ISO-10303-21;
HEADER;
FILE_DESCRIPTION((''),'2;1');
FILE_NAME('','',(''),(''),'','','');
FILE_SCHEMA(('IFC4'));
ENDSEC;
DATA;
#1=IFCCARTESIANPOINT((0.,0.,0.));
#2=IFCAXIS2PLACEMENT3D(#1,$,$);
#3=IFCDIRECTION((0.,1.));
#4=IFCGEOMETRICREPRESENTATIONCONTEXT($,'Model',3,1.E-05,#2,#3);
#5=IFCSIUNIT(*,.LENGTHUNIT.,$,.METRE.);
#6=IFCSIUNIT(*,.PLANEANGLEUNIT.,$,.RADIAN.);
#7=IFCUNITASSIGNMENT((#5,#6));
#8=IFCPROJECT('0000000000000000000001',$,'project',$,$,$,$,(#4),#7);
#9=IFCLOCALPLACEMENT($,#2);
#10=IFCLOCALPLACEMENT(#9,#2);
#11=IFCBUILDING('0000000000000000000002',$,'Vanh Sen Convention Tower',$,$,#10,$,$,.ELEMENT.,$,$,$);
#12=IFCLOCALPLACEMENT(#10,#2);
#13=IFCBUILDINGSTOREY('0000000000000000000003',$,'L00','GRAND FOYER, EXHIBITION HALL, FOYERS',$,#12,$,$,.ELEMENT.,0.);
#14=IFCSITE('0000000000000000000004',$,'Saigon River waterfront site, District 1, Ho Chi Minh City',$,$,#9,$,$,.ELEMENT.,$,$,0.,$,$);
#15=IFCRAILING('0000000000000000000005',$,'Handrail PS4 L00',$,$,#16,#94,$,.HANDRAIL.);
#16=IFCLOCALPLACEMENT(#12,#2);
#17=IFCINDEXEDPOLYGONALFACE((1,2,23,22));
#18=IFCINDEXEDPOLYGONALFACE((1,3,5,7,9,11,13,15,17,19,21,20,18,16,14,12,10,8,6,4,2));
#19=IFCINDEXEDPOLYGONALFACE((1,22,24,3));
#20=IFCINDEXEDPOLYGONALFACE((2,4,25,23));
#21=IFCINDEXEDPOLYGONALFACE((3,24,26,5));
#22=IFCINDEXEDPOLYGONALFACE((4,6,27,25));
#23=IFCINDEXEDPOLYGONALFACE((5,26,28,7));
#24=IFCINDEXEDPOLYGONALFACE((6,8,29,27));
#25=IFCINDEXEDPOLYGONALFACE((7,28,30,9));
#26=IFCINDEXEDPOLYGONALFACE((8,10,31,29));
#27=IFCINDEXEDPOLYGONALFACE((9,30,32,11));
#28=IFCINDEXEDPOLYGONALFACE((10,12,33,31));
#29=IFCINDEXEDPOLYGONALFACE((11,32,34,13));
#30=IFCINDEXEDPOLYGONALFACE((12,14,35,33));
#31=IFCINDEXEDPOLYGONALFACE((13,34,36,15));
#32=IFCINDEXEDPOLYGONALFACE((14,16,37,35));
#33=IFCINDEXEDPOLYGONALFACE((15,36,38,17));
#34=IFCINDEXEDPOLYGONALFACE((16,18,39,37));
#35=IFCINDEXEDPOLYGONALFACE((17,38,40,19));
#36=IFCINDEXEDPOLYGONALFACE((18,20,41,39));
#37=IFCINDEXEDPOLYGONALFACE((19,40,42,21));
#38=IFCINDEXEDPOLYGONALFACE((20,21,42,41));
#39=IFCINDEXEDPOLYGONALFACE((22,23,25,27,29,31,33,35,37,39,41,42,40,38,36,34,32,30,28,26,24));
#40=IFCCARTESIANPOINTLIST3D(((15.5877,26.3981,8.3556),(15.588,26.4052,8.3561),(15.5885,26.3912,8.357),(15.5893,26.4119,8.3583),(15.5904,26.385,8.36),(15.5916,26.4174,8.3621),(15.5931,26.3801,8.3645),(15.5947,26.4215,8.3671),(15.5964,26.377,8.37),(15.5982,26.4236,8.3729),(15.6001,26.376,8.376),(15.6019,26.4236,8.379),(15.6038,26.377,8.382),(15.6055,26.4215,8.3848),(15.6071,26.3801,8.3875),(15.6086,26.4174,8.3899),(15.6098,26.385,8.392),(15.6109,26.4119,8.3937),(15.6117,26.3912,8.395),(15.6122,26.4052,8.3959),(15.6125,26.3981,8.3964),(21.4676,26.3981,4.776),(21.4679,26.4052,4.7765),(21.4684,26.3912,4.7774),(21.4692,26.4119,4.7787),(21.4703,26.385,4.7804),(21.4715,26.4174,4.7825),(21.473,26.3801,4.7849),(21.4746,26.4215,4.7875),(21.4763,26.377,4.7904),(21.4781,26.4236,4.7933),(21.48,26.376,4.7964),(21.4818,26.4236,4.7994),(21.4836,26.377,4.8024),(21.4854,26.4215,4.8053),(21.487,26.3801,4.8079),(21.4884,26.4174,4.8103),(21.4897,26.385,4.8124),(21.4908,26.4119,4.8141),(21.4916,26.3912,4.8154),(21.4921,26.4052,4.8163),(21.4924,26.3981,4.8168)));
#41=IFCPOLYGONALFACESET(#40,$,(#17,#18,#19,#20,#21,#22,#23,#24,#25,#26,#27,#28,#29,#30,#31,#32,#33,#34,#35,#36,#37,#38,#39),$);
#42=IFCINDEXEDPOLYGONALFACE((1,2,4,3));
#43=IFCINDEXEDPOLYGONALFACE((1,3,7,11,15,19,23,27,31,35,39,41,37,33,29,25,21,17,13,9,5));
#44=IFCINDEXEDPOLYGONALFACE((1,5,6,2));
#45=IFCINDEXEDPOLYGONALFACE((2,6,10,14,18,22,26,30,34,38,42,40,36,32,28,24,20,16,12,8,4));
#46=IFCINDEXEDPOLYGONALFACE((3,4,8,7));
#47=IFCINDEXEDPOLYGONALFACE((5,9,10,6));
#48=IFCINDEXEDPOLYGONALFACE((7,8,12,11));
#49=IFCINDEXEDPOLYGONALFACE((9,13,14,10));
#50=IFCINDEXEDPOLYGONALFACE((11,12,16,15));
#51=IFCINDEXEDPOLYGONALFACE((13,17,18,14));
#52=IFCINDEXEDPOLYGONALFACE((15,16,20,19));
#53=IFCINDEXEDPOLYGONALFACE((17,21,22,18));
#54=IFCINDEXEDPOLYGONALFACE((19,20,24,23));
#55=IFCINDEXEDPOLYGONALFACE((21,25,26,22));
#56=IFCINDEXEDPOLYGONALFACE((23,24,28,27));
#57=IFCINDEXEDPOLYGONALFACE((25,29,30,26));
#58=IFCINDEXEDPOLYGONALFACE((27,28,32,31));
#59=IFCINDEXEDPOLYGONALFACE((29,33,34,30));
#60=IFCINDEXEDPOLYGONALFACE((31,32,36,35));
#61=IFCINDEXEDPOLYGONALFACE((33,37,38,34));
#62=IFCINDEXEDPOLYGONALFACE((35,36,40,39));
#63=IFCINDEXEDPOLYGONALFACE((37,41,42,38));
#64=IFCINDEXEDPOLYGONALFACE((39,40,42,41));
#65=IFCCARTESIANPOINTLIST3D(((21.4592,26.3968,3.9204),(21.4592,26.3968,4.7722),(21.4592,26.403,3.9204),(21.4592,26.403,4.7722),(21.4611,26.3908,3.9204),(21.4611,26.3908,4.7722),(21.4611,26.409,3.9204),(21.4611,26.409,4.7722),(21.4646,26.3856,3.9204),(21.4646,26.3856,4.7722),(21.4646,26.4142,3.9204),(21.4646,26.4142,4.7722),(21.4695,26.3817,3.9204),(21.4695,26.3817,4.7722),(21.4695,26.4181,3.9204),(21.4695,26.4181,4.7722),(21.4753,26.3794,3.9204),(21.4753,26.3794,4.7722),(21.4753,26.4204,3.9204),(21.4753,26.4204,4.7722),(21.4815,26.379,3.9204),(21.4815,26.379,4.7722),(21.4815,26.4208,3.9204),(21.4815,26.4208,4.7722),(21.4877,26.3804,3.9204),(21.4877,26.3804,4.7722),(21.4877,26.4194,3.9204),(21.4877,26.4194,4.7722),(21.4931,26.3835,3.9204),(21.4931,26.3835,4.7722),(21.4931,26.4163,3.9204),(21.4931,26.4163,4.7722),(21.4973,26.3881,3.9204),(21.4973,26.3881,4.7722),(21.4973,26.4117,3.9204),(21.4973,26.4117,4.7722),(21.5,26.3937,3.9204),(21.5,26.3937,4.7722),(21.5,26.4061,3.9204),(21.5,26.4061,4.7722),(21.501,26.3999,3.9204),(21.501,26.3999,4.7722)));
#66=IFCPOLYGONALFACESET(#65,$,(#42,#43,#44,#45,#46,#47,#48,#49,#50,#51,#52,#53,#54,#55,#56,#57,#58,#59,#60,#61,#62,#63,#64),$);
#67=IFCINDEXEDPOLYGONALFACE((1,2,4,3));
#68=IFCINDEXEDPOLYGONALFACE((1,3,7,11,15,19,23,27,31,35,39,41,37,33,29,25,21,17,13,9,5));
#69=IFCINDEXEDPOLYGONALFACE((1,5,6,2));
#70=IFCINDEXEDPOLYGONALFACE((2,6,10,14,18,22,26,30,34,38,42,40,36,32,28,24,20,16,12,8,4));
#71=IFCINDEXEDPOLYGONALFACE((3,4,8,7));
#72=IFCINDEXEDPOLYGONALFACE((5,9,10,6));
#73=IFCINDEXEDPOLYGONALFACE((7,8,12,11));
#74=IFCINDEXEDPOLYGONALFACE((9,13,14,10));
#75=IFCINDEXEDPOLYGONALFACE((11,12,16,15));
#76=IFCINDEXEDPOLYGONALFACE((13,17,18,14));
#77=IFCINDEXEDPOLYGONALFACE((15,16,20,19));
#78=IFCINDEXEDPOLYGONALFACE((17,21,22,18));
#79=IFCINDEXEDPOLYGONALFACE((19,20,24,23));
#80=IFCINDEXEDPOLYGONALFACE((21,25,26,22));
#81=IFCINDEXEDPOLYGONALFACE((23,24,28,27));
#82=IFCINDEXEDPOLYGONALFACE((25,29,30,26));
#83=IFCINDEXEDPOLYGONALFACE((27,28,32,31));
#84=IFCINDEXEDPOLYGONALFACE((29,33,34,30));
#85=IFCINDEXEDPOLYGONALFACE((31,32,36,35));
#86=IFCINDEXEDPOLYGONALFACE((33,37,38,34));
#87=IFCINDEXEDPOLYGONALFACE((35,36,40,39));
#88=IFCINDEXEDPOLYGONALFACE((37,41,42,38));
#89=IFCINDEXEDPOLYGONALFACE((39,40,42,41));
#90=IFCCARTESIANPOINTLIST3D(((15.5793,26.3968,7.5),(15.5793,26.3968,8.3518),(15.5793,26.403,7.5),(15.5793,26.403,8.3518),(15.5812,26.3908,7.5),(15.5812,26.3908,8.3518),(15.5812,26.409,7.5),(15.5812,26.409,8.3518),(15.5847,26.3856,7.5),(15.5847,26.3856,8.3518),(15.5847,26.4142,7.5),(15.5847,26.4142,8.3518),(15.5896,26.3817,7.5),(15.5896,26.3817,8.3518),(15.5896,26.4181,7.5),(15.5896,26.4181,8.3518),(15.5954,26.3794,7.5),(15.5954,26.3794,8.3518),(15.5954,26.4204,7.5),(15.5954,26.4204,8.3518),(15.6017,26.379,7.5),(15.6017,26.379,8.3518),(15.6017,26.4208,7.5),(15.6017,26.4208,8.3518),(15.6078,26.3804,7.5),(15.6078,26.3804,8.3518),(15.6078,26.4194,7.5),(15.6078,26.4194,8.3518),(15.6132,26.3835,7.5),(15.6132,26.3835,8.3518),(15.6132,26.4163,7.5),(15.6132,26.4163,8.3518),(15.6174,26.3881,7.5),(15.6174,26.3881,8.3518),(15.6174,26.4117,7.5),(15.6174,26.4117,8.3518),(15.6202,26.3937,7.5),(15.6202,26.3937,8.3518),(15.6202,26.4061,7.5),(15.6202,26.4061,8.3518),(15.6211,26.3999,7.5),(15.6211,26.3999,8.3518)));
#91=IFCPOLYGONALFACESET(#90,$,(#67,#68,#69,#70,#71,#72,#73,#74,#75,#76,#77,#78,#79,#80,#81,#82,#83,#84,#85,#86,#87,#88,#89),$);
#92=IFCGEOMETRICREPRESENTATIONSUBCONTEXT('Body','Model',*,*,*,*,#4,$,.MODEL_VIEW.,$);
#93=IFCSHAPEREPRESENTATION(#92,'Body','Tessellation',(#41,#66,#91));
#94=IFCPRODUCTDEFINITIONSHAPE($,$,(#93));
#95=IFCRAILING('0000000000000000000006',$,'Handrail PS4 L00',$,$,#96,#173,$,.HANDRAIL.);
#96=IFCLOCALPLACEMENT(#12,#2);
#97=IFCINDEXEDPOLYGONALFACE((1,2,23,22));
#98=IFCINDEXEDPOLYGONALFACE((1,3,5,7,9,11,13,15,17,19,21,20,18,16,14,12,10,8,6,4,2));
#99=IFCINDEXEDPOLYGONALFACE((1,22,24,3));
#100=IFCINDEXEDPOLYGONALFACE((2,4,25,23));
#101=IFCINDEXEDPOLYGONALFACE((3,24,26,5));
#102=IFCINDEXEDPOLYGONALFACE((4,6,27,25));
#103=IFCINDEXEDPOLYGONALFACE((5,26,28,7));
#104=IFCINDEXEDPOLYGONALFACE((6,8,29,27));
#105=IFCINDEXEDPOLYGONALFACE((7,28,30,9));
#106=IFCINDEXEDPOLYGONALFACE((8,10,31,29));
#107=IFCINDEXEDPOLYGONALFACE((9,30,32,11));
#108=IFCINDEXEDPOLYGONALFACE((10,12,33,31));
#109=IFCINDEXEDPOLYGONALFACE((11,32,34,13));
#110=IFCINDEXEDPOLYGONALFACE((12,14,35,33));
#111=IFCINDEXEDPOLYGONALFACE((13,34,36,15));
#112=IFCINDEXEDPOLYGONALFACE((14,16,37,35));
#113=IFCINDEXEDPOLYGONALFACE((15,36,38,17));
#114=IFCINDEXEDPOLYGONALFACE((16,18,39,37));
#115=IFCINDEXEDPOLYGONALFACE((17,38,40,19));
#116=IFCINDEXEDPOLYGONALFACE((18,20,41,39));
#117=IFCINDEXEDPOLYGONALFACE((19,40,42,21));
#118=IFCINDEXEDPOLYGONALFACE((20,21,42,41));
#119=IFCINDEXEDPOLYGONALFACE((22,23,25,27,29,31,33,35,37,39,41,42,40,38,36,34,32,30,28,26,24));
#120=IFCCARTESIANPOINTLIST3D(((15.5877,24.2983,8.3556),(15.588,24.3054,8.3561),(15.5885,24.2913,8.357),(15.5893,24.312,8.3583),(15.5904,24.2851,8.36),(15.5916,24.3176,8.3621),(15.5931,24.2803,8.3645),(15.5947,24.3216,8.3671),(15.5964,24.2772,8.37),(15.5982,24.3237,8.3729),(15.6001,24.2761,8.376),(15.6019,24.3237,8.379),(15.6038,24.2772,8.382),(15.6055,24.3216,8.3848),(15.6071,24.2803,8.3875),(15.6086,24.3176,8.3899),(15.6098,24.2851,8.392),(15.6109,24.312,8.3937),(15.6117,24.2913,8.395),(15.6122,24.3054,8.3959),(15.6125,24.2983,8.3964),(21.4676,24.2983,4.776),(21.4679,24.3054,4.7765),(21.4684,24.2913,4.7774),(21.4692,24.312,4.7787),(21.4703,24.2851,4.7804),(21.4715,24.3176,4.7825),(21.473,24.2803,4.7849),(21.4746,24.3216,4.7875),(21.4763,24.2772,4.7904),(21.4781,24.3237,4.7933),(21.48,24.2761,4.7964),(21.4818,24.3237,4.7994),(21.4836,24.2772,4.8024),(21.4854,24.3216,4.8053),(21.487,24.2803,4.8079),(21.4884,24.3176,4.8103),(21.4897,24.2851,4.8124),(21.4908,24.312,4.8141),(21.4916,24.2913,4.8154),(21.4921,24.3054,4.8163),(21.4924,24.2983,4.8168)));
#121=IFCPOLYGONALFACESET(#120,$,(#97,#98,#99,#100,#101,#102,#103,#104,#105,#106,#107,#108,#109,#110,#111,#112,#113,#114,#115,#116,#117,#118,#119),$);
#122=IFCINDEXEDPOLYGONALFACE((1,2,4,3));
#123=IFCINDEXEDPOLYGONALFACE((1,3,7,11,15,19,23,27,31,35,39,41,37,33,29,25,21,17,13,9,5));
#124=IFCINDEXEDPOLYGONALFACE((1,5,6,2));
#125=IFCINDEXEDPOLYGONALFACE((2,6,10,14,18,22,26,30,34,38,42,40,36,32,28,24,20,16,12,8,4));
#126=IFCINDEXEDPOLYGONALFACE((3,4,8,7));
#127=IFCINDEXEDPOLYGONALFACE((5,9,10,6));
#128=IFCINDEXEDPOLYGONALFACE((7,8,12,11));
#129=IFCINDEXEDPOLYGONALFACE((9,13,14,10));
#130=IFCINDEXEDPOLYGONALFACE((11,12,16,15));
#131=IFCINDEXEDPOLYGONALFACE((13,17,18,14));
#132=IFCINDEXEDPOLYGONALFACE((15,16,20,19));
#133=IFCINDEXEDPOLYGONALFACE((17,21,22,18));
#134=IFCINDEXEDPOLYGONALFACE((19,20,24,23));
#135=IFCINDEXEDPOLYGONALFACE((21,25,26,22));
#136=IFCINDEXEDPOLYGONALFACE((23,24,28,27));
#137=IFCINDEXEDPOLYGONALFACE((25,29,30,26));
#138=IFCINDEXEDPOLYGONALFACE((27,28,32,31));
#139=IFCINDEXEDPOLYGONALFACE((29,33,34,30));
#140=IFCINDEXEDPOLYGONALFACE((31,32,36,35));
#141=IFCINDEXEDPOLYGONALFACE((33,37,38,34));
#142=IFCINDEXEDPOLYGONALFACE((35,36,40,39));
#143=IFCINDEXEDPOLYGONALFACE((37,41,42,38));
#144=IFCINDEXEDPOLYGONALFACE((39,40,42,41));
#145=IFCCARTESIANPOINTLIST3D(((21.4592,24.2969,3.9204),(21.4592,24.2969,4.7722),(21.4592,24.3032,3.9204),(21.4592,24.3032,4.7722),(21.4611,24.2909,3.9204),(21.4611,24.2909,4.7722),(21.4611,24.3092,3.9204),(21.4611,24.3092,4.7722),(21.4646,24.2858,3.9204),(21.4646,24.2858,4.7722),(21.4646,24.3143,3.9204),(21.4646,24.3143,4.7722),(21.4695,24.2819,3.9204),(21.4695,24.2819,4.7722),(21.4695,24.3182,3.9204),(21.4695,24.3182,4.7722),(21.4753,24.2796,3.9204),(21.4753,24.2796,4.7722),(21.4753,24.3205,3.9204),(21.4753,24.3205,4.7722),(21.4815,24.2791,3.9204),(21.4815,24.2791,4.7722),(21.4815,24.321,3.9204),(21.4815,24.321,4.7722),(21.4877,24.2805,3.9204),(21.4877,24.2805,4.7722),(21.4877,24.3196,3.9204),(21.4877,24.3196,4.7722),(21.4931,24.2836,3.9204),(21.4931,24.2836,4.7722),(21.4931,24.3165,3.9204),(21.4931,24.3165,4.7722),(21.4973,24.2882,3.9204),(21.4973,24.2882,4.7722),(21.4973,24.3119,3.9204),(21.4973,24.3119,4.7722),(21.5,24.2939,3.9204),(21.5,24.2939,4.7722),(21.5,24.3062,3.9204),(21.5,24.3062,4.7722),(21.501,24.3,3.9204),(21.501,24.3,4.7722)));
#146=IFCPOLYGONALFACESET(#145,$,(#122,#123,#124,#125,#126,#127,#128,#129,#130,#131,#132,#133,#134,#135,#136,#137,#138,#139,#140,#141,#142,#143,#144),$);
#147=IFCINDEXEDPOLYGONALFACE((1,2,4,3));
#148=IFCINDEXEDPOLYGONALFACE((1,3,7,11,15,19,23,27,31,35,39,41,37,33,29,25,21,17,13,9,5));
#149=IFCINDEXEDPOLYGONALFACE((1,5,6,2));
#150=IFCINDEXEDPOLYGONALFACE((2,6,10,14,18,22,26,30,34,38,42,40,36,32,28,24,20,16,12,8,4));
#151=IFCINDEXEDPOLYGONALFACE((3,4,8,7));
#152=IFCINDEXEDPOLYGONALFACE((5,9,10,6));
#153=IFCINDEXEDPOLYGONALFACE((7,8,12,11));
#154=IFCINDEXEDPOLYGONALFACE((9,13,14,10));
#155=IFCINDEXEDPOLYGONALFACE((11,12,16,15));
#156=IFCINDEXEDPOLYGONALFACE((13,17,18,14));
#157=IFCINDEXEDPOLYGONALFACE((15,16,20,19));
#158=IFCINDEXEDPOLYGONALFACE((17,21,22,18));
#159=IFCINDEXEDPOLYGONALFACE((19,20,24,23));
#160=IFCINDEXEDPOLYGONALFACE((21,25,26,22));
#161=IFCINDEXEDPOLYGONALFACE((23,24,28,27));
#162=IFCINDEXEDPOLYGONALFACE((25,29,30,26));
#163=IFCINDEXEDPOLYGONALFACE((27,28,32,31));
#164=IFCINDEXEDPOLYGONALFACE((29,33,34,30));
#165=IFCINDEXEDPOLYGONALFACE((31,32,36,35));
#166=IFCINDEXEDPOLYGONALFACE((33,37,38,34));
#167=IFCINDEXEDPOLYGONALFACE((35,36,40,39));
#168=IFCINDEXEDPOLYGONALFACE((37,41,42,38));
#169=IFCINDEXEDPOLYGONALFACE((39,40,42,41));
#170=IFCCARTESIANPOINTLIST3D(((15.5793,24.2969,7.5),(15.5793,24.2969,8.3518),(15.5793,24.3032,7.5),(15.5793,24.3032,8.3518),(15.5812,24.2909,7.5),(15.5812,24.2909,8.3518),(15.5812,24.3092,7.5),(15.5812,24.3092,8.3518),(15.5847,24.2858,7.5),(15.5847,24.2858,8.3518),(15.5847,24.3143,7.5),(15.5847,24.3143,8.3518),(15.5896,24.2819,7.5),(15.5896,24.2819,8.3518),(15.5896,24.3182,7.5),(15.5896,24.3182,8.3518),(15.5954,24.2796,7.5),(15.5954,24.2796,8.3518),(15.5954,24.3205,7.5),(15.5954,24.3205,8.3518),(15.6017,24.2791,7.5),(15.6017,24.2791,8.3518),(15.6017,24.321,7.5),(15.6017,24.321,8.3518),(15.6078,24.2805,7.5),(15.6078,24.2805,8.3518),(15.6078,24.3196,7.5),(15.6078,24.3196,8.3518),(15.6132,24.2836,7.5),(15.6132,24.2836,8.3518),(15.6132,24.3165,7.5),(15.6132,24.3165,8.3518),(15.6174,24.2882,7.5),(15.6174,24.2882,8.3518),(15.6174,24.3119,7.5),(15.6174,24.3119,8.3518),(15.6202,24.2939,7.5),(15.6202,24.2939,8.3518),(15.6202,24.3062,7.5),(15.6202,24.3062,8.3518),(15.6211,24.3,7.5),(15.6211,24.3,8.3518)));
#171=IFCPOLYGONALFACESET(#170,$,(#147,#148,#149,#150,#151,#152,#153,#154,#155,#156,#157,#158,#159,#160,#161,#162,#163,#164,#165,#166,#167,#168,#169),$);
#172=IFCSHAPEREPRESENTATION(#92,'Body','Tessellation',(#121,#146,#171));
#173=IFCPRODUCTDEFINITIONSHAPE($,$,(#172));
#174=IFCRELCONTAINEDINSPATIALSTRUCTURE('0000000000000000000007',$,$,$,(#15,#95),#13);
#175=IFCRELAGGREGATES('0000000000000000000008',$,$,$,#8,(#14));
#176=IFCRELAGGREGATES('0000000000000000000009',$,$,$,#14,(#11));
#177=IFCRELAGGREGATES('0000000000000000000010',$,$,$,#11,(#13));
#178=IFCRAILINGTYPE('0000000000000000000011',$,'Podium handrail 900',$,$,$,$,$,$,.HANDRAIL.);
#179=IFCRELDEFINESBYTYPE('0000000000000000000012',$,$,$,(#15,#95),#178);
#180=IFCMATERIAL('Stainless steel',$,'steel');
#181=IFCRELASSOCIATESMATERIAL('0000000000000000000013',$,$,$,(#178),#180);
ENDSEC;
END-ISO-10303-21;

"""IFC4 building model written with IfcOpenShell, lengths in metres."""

from ifc_helpers import new_model, si_unit, direction, frame, origin, origin_2d, place, context, subcontext, project, spatial, circle, extrude, material, type_object, element, save


model = new_model("IFC4")

# Units and contexts
model_context = context("Model", 3, precision=1e-05, world=origin(), true_north=direction((0.0, 1.0)))
body_context = subcontext(model_context, "Body", "Model", "MODEL_VIEW")
ifc_project = project(units=[si_unit("LENGTHUNIT", "METRE"), si_unit("PLANEANGLEUNIT", "RADIAN")], contexts=[model_context])

# Site, building, storey
site_placement = place(None, origin())
site = spatial("IfcSite", under=ifc_project, at=site_placement, Name="Saigon River waterfront site, District 1, Ho Chi Minh City", CompositionType="ELEMENT", RefElevation=0.0)
building_placement = place(site_placement, origin())
building = spatial("IfcBuilding", under=site, at=building_placement, Name="Vanh Sen Convention Tower", CompositionType="ELEMENT")
storey_placement = place(building_placement, origin())
storey = spatial("IfcBuildingStorey", under=building, at=storey_placement, Name="L00", Description="GRAND FOYER, EXHIBITION HALL, FOYERS", CompositionType="ELEMENT", Elevation=0.0)

# Railings
ifc_material_1 = material(Name="Stainless steel", Category="steel")
railing_type = type_object("IfcRailingType", Name="Podium handrail 900", PredefinedType="HANDRAIL", material=ifc_material_1)
for number, where, name in (
    (1, (21.48, 26.3999, 3.9204), "Handrail PS4 L00"),
    (2, (21.48, 24.3, 3.9204), "Handrail PS4 L00"),
):
    element("IfcRailing", number, at=place(storey_placement, frame(where)), inside=storey, type_object=railing_type, Name=name, PredefinedType="HANDRAIL", context=body_context, shape_type="SweptSolid", body=[
        extrude(circle(Radius=0.0239, at=origin_2d()), frame((0.0, 0.0, 0.876), z_axis=(-0.854164, 0.0, 0.520003), x_axis=(0.0, -1.0, 0.0)), (0.0, 0.0, 1.0), 6.8838),
        extrude(circle(Radius=0.021, at=origin_2d()), origin(), (0.0, 0.0, 1.0), 0.8518),
        extrude(circle(Radius=0.021, at=origin_2d()), frame((-5.8799, 0.0, 3.5796)), (0.0, 0.0, 1.0), 0.8518),
    ])

save(model, "model.ifc")
